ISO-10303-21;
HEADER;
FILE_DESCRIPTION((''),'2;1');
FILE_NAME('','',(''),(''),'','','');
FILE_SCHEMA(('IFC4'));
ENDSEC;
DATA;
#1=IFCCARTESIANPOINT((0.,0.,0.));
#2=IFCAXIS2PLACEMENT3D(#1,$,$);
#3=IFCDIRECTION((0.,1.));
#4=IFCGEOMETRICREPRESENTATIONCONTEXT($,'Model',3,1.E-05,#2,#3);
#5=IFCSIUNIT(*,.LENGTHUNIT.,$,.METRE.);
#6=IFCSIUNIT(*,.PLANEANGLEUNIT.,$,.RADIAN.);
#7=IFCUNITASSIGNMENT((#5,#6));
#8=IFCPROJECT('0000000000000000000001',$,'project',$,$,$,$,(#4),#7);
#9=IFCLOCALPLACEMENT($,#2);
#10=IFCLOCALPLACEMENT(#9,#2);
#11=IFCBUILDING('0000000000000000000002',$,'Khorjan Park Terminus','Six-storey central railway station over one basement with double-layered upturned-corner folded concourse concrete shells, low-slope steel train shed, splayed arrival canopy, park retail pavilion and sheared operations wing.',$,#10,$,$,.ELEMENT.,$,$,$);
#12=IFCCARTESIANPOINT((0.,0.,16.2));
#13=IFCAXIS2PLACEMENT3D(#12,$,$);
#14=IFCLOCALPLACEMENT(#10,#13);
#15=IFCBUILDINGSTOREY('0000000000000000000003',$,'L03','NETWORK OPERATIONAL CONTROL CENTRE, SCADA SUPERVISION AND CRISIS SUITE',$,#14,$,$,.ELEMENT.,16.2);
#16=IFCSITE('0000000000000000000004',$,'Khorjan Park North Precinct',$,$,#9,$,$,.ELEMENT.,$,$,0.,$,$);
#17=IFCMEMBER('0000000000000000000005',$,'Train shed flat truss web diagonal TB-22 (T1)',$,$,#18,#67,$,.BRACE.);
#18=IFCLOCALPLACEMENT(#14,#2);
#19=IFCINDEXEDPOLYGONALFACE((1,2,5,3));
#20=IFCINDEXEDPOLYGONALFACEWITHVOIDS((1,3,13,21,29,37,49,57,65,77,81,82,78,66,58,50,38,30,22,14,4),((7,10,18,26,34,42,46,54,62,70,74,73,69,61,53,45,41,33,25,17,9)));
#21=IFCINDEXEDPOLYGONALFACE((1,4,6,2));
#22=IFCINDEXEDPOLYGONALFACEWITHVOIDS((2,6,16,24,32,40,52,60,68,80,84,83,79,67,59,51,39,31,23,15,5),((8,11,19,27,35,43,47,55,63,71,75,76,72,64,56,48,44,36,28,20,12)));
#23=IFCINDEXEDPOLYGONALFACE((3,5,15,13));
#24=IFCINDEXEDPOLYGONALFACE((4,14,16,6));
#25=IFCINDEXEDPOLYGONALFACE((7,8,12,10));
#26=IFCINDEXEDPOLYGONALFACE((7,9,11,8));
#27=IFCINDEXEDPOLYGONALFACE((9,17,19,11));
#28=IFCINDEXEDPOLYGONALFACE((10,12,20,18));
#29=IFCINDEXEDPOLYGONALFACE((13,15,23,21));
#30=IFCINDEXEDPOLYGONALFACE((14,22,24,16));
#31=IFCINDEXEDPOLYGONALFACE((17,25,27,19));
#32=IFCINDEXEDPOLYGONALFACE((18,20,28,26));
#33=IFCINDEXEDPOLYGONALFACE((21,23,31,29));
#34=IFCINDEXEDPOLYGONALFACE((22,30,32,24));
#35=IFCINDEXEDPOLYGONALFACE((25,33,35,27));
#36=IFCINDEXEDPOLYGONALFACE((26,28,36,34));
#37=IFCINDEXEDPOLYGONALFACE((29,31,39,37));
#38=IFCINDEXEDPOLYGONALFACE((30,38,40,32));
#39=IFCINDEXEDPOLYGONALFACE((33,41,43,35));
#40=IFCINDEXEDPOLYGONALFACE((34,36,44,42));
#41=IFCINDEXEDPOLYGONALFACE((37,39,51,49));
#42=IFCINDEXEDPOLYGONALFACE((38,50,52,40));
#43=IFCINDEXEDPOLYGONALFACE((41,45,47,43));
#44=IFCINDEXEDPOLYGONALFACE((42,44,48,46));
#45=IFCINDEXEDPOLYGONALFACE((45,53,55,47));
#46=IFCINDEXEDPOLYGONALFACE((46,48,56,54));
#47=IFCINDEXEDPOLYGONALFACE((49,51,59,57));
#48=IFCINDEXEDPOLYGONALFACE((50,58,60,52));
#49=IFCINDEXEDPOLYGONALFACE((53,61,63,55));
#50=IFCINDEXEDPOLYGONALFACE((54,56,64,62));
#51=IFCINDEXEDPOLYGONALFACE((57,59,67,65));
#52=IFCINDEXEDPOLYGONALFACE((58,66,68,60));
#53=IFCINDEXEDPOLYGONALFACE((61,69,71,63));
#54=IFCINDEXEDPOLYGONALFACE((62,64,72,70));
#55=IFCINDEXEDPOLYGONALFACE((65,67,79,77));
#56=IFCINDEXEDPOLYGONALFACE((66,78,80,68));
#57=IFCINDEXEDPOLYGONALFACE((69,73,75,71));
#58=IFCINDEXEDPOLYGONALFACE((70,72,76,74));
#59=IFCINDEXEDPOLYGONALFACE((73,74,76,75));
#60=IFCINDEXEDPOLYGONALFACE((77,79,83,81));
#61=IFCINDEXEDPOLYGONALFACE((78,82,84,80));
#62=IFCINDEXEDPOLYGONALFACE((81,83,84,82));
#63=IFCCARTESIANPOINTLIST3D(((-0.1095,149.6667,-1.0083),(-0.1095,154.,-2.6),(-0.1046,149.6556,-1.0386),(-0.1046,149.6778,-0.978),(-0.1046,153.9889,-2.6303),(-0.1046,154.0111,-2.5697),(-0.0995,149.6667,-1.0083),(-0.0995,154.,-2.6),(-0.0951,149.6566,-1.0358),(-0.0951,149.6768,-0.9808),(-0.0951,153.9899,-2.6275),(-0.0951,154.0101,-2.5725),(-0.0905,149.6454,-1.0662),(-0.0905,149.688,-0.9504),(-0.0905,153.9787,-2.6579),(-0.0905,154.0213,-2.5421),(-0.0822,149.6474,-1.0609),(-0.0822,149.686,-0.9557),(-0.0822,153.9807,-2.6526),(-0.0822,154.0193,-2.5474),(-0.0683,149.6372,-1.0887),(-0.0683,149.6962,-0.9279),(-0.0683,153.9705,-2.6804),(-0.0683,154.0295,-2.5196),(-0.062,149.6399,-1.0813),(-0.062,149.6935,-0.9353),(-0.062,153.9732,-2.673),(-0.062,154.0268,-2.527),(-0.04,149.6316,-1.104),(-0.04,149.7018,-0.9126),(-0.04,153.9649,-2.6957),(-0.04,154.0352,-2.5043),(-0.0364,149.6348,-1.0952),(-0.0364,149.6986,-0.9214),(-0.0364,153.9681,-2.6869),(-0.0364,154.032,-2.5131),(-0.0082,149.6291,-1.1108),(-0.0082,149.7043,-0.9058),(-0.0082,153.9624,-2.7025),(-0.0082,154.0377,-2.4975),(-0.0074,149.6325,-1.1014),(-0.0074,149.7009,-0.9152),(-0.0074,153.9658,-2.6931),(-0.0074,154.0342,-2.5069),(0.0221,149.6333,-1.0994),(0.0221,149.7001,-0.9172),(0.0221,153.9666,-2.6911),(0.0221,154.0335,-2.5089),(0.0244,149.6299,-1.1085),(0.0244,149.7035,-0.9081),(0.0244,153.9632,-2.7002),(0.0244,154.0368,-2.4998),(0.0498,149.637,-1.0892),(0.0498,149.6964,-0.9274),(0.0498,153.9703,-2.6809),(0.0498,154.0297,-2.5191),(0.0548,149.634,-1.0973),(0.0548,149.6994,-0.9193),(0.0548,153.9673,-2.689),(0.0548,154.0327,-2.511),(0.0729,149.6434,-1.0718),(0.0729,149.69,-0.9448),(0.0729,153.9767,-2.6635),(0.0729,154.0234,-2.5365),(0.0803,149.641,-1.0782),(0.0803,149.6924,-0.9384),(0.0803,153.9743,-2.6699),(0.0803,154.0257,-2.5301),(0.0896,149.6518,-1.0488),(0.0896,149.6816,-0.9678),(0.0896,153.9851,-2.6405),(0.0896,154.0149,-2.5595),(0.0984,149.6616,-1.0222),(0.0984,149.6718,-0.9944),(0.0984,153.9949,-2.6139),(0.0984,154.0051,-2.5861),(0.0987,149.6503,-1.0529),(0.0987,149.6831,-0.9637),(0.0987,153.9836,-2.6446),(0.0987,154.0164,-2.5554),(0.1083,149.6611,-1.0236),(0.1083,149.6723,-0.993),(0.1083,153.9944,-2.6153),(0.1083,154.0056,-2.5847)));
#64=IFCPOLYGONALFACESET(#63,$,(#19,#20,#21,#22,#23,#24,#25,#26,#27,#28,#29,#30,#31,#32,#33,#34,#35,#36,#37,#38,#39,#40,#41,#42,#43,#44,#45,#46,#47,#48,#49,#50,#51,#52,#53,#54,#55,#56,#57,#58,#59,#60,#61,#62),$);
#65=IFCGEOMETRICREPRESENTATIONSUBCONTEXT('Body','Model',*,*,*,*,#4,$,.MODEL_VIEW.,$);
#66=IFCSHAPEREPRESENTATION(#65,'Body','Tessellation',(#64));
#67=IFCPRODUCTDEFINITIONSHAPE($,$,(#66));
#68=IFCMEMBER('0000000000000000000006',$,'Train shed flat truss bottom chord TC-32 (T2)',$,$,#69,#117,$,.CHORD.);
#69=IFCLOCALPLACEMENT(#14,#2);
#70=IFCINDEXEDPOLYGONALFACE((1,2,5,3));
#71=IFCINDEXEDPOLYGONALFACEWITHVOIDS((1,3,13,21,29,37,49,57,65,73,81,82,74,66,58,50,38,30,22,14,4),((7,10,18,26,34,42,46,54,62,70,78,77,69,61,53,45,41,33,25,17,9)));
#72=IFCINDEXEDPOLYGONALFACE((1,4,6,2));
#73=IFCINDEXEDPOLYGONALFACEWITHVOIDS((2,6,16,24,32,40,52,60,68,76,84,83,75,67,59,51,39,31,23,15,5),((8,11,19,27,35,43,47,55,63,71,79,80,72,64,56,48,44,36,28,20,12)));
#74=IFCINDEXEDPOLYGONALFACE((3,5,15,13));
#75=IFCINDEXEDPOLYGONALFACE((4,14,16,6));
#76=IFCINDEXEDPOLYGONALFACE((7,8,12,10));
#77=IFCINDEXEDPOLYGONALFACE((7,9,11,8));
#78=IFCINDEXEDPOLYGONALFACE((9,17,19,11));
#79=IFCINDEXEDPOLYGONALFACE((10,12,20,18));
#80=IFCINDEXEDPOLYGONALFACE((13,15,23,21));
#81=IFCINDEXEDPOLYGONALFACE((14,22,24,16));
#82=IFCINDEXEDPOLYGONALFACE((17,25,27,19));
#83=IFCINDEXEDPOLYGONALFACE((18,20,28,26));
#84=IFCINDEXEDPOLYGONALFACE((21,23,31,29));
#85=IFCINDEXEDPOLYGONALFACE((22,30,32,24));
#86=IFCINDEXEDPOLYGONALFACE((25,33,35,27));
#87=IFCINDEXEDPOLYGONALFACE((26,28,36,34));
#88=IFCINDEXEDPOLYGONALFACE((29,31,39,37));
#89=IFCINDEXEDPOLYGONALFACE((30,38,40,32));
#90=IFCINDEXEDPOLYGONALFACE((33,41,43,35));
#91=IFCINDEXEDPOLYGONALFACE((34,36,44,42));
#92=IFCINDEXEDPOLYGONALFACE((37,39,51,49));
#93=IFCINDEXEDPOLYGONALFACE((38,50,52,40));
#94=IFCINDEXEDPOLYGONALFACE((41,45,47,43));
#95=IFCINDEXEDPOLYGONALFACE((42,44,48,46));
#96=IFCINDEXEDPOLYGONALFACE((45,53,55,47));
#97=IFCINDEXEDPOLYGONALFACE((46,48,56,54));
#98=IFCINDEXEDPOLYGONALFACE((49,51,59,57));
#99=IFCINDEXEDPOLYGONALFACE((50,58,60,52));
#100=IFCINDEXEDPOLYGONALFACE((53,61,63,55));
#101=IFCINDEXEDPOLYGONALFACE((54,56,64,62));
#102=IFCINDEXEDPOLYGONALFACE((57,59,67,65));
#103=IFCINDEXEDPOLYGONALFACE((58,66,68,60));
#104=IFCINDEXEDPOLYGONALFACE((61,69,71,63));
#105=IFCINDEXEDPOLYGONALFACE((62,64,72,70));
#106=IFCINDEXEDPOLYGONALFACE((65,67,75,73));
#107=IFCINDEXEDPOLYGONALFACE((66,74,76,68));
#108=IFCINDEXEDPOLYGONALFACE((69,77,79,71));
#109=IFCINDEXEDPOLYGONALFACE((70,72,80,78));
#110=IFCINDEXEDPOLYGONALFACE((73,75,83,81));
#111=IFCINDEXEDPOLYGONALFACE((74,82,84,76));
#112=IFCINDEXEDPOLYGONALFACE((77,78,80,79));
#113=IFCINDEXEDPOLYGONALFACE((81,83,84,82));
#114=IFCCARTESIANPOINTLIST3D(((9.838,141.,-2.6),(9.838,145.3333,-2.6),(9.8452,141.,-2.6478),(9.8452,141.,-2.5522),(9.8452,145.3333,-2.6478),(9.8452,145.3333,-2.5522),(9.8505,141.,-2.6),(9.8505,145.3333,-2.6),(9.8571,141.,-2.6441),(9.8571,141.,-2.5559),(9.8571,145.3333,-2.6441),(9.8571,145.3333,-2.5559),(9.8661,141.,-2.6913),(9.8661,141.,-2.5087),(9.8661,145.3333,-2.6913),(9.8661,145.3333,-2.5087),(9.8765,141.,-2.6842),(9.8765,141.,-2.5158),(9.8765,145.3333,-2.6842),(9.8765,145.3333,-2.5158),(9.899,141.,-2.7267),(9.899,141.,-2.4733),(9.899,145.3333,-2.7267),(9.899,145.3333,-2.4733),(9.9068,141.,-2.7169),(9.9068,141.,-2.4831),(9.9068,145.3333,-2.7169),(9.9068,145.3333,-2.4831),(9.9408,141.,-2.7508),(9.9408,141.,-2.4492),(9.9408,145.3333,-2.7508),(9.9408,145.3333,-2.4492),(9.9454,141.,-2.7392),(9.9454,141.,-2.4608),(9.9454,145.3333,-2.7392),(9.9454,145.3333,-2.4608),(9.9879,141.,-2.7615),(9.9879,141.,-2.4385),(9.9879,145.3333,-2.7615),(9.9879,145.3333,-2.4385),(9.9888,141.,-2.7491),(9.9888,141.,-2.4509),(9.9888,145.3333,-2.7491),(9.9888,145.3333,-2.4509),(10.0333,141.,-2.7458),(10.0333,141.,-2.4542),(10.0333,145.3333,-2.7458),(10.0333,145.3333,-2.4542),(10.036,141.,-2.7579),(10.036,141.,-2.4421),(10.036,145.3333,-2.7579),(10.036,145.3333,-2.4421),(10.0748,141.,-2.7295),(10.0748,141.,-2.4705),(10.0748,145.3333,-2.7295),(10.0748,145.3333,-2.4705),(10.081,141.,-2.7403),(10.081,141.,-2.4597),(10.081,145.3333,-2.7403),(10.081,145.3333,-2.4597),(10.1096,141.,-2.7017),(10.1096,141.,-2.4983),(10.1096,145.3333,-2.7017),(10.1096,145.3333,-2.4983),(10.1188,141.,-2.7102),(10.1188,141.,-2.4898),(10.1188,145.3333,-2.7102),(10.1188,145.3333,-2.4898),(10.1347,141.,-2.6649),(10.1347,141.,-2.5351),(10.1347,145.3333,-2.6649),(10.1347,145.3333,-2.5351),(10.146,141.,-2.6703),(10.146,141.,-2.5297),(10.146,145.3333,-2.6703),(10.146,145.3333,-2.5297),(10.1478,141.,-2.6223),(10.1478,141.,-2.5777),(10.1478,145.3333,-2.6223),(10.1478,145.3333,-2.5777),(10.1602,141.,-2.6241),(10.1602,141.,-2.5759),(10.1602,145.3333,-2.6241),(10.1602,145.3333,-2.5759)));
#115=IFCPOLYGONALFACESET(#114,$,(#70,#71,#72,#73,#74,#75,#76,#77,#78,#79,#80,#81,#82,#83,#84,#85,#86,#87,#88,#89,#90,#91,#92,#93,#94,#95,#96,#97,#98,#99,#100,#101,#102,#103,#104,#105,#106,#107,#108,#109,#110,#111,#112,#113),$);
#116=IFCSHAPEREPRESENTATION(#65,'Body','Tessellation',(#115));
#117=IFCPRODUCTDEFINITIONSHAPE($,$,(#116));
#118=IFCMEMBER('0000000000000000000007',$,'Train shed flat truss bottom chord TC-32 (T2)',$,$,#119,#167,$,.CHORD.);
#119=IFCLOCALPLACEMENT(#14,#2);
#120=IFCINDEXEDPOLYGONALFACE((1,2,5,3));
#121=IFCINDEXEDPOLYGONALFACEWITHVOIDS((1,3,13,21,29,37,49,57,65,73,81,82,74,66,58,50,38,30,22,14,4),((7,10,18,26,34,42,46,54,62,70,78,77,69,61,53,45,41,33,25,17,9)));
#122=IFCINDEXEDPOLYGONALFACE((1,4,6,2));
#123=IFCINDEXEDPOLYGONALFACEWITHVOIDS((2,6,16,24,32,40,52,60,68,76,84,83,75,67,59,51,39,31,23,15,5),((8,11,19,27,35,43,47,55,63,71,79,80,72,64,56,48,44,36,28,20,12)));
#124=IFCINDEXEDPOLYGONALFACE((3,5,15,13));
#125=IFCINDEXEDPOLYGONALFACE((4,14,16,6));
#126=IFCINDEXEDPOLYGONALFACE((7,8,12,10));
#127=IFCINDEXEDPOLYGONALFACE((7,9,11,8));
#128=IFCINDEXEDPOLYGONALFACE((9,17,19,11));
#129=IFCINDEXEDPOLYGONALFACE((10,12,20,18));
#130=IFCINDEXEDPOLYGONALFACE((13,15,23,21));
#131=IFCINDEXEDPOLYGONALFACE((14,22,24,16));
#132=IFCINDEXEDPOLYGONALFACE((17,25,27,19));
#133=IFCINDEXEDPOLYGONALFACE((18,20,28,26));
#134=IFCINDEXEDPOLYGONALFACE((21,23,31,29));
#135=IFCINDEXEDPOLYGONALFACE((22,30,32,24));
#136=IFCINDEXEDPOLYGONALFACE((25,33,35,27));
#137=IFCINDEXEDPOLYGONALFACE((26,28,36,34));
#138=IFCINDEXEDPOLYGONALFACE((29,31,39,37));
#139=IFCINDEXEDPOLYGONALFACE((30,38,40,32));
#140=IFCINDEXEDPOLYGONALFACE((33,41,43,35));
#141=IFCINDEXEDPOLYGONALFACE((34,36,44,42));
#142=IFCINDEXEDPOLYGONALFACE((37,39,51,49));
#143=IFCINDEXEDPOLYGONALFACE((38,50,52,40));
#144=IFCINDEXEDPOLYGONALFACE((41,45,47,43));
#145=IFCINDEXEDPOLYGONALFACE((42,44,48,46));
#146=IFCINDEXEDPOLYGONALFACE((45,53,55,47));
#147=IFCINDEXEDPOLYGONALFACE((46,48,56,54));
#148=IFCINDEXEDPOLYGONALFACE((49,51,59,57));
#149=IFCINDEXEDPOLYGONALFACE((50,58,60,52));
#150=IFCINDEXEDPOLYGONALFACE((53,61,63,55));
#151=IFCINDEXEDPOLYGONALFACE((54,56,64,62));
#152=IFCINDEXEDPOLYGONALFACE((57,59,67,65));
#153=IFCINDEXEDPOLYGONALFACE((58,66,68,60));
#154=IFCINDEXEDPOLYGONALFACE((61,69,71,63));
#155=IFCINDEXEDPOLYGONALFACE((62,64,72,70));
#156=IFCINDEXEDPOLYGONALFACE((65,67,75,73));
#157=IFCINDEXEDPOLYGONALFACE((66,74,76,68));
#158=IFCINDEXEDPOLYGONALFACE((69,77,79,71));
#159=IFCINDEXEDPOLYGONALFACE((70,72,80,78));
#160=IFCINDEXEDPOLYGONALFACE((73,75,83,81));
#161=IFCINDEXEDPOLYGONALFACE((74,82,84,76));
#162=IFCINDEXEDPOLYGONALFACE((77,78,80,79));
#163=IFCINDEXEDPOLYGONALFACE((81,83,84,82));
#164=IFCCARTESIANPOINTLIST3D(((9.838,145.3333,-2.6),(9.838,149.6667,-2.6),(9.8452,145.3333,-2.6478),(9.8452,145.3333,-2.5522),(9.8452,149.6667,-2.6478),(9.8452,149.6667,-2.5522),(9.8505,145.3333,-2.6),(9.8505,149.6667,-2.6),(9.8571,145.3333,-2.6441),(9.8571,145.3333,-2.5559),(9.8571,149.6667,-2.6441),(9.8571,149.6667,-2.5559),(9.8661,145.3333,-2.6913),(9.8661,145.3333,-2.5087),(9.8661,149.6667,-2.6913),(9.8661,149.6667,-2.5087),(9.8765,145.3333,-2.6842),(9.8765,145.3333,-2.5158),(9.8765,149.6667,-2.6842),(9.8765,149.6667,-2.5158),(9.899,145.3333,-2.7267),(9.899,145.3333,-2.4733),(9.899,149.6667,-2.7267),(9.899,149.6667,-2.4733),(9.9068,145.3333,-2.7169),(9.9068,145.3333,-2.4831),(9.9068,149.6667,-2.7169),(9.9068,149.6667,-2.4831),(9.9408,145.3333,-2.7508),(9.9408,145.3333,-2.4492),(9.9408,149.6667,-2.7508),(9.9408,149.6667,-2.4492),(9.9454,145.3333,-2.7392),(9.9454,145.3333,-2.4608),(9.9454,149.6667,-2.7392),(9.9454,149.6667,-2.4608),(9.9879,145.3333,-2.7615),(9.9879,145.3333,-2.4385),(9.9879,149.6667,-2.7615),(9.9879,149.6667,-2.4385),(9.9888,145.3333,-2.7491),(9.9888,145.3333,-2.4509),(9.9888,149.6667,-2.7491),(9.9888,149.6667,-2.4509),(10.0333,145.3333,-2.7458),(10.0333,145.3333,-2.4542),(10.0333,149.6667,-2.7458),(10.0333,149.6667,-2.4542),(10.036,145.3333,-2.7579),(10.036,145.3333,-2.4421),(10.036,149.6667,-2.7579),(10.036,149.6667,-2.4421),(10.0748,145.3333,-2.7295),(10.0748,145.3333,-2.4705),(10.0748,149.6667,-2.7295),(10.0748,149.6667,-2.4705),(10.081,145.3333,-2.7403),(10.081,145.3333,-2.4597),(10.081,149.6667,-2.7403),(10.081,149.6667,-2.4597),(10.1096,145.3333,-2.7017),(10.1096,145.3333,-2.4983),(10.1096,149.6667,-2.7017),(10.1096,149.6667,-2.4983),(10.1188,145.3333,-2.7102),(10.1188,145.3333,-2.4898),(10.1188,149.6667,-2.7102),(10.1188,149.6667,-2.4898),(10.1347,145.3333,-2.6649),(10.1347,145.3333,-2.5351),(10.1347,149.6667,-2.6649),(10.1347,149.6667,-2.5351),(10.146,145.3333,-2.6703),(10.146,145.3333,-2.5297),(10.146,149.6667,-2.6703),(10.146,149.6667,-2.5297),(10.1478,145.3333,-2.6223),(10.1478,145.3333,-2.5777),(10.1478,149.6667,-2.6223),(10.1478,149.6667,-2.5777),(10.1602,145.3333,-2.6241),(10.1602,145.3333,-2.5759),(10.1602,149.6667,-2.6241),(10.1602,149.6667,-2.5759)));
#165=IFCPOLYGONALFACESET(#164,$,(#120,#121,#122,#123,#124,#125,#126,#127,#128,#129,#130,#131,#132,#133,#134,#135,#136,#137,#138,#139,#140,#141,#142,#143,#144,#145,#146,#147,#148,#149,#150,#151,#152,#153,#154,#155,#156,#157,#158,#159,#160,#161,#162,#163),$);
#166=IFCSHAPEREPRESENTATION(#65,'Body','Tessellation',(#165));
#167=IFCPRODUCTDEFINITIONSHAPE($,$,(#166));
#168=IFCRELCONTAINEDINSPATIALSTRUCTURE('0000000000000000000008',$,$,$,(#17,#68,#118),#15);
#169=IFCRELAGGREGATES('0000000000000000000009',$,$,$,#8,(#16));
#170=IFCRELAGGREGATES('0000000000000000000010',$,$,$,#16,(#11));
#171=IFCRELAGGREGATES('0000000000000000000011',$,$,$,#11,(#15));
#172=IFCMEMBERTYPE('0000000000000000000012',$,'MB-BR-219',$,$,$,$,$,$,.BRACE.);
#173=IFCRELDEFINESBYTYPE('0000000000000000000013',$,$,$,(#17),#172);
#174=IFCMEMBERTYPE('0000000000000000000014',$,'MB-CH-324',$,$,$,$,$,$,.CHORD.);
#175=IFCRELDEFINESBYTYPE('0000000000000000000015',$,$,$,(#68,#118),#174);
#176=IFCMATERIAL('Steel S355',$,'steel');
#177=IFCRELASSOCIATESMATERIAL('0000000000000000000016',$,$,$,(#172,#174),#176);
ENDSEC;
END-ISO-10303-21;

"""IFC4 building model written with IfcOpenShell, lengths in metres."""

from ifc_helpers import new_model, si_unit, direction, frame, origin, origin_2d, place, context, subcontext, project, spatial, hollow_circle, extrude, material, material_profile, profile_set, type_object, element, save


model = new_model("IFC4")

# Units and contexts
model_context = context("Model", 3, precision=1e-05, world=origin(), true_north=direction((0.0, 1.0)))
body_context = subcontext(model_context, "Body", "Model", "MODEL_VIEW")
ifc_project = project(units=[si_unit("LENGTHUNIT", "METRE"), si_unit("PLANEANGLEUNIT", "RADIAN")], contexts=[model_context])

# Site, building, storey
site_placement = place(None, origin())
site = spatial("IfcSite", under=ifc_project, at=site_placement, Name="Khorjan Park North Precinct", CompositionType="ELEMENT", RefElevation=0.0)
building_placement = place(site_placement, origin())
building = spatial("IfcBuilding", under=site, at=building_placement, Name="Khorjan Park Terminus", Description="Six-storey central railway station over one basement with double-layered upturned-corner folded concourse concrete shells, low-slope steel train shed, splayed arrival canopy, park retail pavilion and sheared operations wing.", CompositionType="ELEMENT")
storey_placement = place(building_placement, frame((0.0, 0.0, 16.2)))
storey = spatial("IfcBuildingStorey", under=building, at=storey_placement, Name="L03", Description="NETWORK OPERATIONAL CONTROL CENTRE, SCADA SUPERVISION AND CRISIS SUITE", CompositionType="ELEMENT", Elevation=16.2)

# Members
ifc_material = material(Name="Steel S355", Category="steel")
ifc_material_profile_1 = material_profile(ifc_material, hollow_circle(Radius=0.1095, WallThickness=0.01, at=origin_2d()), Name="CHS 219.1x10")
ifc_profile_set_1 = profile_set([ifc_material_profile_1], Name="Steel S355")
member_type_1 = type_object("IfcMemberType", Name="MB-BR-219", PredefinedType="BRACE", material=ifc_profile_set_1)
member_1_placement = place(storey_placement, frame((0.0, 149.6667, -1.0083), z_axis=(0.0, 0.938678, -0.344794), x_axis=(-1.0, 0.0, 0.0)))
element("IfcMember", 1, at=member_1_placement, inside=storey, type_object=member_type_1, Name="Train shed flat truss web diagonal TB-22 (T1)", PredefinedType="BRACE", context=body_context, shape_type="SweptSolid", body=[
    extrude(hollow_circle(Radius=0.1095, WallThickness=0.01, at=origin_2d()), origin(), (0.0, 0.0, 1.0), 4.6164),
])
ifc_material_profile_2 = material_profile(ifc_material, hollow_circle(Radius=0.162, WallThickness=0.0125, at=origin_2d()), Name="CHS 323.9x12.5")
ifc_profile_set_2 = profile_set([ifc_material_profile_2], Name="Steel S355")
member_type_2 = type_object("IfcMemberType", Name="MB-CH-324", PredefinedType="CHORD", material=ifc_profile_set_2)
member_2_placement = place(storey_placement, frame((10.0, 141.0, -2.6), z_axis=(0.0, 1.0, 0.0), x_axis=(-1.0, 0.0, 0.0)))
element("IfcMember", 2, at=member_2_placement, inside=storey, type_object=member_type_2, Name="Train shed flat truss bottom chord TC-32 (T2)", PredefinedType="CHORD", context=body_context, shape_type="SweptSolid", body=[
    extrude(hollow_circle(Radius=0.162, WallThickness=0.0125, at=origin_2d()), origin(), (0.0, 0.0, 1.0), 4.3333),
])
member_3_placement = place(storey_placement, frame((10.0, 145.3333, -2.6), z_axis=(0.0, 1.0, 0.0), x_axis=(-1.0, 0.0, 0.0)))
element("IfcMember", 3, at=member_3_placement, inside=storey, type_object=member_type_2, Name="Train shed flat truss bottom chord TC-32 (T2)", PredefinedType="CHORD", context=body_context, shape_type="SweptSolid", body=[
    extrude(hollow_circle(Radius=0.162, WallThickness=0.0125, at=origin_2d()), origin(), (0.0, 0.0, 1.0), 4.3334),
])

save(model, "model.ifc")
